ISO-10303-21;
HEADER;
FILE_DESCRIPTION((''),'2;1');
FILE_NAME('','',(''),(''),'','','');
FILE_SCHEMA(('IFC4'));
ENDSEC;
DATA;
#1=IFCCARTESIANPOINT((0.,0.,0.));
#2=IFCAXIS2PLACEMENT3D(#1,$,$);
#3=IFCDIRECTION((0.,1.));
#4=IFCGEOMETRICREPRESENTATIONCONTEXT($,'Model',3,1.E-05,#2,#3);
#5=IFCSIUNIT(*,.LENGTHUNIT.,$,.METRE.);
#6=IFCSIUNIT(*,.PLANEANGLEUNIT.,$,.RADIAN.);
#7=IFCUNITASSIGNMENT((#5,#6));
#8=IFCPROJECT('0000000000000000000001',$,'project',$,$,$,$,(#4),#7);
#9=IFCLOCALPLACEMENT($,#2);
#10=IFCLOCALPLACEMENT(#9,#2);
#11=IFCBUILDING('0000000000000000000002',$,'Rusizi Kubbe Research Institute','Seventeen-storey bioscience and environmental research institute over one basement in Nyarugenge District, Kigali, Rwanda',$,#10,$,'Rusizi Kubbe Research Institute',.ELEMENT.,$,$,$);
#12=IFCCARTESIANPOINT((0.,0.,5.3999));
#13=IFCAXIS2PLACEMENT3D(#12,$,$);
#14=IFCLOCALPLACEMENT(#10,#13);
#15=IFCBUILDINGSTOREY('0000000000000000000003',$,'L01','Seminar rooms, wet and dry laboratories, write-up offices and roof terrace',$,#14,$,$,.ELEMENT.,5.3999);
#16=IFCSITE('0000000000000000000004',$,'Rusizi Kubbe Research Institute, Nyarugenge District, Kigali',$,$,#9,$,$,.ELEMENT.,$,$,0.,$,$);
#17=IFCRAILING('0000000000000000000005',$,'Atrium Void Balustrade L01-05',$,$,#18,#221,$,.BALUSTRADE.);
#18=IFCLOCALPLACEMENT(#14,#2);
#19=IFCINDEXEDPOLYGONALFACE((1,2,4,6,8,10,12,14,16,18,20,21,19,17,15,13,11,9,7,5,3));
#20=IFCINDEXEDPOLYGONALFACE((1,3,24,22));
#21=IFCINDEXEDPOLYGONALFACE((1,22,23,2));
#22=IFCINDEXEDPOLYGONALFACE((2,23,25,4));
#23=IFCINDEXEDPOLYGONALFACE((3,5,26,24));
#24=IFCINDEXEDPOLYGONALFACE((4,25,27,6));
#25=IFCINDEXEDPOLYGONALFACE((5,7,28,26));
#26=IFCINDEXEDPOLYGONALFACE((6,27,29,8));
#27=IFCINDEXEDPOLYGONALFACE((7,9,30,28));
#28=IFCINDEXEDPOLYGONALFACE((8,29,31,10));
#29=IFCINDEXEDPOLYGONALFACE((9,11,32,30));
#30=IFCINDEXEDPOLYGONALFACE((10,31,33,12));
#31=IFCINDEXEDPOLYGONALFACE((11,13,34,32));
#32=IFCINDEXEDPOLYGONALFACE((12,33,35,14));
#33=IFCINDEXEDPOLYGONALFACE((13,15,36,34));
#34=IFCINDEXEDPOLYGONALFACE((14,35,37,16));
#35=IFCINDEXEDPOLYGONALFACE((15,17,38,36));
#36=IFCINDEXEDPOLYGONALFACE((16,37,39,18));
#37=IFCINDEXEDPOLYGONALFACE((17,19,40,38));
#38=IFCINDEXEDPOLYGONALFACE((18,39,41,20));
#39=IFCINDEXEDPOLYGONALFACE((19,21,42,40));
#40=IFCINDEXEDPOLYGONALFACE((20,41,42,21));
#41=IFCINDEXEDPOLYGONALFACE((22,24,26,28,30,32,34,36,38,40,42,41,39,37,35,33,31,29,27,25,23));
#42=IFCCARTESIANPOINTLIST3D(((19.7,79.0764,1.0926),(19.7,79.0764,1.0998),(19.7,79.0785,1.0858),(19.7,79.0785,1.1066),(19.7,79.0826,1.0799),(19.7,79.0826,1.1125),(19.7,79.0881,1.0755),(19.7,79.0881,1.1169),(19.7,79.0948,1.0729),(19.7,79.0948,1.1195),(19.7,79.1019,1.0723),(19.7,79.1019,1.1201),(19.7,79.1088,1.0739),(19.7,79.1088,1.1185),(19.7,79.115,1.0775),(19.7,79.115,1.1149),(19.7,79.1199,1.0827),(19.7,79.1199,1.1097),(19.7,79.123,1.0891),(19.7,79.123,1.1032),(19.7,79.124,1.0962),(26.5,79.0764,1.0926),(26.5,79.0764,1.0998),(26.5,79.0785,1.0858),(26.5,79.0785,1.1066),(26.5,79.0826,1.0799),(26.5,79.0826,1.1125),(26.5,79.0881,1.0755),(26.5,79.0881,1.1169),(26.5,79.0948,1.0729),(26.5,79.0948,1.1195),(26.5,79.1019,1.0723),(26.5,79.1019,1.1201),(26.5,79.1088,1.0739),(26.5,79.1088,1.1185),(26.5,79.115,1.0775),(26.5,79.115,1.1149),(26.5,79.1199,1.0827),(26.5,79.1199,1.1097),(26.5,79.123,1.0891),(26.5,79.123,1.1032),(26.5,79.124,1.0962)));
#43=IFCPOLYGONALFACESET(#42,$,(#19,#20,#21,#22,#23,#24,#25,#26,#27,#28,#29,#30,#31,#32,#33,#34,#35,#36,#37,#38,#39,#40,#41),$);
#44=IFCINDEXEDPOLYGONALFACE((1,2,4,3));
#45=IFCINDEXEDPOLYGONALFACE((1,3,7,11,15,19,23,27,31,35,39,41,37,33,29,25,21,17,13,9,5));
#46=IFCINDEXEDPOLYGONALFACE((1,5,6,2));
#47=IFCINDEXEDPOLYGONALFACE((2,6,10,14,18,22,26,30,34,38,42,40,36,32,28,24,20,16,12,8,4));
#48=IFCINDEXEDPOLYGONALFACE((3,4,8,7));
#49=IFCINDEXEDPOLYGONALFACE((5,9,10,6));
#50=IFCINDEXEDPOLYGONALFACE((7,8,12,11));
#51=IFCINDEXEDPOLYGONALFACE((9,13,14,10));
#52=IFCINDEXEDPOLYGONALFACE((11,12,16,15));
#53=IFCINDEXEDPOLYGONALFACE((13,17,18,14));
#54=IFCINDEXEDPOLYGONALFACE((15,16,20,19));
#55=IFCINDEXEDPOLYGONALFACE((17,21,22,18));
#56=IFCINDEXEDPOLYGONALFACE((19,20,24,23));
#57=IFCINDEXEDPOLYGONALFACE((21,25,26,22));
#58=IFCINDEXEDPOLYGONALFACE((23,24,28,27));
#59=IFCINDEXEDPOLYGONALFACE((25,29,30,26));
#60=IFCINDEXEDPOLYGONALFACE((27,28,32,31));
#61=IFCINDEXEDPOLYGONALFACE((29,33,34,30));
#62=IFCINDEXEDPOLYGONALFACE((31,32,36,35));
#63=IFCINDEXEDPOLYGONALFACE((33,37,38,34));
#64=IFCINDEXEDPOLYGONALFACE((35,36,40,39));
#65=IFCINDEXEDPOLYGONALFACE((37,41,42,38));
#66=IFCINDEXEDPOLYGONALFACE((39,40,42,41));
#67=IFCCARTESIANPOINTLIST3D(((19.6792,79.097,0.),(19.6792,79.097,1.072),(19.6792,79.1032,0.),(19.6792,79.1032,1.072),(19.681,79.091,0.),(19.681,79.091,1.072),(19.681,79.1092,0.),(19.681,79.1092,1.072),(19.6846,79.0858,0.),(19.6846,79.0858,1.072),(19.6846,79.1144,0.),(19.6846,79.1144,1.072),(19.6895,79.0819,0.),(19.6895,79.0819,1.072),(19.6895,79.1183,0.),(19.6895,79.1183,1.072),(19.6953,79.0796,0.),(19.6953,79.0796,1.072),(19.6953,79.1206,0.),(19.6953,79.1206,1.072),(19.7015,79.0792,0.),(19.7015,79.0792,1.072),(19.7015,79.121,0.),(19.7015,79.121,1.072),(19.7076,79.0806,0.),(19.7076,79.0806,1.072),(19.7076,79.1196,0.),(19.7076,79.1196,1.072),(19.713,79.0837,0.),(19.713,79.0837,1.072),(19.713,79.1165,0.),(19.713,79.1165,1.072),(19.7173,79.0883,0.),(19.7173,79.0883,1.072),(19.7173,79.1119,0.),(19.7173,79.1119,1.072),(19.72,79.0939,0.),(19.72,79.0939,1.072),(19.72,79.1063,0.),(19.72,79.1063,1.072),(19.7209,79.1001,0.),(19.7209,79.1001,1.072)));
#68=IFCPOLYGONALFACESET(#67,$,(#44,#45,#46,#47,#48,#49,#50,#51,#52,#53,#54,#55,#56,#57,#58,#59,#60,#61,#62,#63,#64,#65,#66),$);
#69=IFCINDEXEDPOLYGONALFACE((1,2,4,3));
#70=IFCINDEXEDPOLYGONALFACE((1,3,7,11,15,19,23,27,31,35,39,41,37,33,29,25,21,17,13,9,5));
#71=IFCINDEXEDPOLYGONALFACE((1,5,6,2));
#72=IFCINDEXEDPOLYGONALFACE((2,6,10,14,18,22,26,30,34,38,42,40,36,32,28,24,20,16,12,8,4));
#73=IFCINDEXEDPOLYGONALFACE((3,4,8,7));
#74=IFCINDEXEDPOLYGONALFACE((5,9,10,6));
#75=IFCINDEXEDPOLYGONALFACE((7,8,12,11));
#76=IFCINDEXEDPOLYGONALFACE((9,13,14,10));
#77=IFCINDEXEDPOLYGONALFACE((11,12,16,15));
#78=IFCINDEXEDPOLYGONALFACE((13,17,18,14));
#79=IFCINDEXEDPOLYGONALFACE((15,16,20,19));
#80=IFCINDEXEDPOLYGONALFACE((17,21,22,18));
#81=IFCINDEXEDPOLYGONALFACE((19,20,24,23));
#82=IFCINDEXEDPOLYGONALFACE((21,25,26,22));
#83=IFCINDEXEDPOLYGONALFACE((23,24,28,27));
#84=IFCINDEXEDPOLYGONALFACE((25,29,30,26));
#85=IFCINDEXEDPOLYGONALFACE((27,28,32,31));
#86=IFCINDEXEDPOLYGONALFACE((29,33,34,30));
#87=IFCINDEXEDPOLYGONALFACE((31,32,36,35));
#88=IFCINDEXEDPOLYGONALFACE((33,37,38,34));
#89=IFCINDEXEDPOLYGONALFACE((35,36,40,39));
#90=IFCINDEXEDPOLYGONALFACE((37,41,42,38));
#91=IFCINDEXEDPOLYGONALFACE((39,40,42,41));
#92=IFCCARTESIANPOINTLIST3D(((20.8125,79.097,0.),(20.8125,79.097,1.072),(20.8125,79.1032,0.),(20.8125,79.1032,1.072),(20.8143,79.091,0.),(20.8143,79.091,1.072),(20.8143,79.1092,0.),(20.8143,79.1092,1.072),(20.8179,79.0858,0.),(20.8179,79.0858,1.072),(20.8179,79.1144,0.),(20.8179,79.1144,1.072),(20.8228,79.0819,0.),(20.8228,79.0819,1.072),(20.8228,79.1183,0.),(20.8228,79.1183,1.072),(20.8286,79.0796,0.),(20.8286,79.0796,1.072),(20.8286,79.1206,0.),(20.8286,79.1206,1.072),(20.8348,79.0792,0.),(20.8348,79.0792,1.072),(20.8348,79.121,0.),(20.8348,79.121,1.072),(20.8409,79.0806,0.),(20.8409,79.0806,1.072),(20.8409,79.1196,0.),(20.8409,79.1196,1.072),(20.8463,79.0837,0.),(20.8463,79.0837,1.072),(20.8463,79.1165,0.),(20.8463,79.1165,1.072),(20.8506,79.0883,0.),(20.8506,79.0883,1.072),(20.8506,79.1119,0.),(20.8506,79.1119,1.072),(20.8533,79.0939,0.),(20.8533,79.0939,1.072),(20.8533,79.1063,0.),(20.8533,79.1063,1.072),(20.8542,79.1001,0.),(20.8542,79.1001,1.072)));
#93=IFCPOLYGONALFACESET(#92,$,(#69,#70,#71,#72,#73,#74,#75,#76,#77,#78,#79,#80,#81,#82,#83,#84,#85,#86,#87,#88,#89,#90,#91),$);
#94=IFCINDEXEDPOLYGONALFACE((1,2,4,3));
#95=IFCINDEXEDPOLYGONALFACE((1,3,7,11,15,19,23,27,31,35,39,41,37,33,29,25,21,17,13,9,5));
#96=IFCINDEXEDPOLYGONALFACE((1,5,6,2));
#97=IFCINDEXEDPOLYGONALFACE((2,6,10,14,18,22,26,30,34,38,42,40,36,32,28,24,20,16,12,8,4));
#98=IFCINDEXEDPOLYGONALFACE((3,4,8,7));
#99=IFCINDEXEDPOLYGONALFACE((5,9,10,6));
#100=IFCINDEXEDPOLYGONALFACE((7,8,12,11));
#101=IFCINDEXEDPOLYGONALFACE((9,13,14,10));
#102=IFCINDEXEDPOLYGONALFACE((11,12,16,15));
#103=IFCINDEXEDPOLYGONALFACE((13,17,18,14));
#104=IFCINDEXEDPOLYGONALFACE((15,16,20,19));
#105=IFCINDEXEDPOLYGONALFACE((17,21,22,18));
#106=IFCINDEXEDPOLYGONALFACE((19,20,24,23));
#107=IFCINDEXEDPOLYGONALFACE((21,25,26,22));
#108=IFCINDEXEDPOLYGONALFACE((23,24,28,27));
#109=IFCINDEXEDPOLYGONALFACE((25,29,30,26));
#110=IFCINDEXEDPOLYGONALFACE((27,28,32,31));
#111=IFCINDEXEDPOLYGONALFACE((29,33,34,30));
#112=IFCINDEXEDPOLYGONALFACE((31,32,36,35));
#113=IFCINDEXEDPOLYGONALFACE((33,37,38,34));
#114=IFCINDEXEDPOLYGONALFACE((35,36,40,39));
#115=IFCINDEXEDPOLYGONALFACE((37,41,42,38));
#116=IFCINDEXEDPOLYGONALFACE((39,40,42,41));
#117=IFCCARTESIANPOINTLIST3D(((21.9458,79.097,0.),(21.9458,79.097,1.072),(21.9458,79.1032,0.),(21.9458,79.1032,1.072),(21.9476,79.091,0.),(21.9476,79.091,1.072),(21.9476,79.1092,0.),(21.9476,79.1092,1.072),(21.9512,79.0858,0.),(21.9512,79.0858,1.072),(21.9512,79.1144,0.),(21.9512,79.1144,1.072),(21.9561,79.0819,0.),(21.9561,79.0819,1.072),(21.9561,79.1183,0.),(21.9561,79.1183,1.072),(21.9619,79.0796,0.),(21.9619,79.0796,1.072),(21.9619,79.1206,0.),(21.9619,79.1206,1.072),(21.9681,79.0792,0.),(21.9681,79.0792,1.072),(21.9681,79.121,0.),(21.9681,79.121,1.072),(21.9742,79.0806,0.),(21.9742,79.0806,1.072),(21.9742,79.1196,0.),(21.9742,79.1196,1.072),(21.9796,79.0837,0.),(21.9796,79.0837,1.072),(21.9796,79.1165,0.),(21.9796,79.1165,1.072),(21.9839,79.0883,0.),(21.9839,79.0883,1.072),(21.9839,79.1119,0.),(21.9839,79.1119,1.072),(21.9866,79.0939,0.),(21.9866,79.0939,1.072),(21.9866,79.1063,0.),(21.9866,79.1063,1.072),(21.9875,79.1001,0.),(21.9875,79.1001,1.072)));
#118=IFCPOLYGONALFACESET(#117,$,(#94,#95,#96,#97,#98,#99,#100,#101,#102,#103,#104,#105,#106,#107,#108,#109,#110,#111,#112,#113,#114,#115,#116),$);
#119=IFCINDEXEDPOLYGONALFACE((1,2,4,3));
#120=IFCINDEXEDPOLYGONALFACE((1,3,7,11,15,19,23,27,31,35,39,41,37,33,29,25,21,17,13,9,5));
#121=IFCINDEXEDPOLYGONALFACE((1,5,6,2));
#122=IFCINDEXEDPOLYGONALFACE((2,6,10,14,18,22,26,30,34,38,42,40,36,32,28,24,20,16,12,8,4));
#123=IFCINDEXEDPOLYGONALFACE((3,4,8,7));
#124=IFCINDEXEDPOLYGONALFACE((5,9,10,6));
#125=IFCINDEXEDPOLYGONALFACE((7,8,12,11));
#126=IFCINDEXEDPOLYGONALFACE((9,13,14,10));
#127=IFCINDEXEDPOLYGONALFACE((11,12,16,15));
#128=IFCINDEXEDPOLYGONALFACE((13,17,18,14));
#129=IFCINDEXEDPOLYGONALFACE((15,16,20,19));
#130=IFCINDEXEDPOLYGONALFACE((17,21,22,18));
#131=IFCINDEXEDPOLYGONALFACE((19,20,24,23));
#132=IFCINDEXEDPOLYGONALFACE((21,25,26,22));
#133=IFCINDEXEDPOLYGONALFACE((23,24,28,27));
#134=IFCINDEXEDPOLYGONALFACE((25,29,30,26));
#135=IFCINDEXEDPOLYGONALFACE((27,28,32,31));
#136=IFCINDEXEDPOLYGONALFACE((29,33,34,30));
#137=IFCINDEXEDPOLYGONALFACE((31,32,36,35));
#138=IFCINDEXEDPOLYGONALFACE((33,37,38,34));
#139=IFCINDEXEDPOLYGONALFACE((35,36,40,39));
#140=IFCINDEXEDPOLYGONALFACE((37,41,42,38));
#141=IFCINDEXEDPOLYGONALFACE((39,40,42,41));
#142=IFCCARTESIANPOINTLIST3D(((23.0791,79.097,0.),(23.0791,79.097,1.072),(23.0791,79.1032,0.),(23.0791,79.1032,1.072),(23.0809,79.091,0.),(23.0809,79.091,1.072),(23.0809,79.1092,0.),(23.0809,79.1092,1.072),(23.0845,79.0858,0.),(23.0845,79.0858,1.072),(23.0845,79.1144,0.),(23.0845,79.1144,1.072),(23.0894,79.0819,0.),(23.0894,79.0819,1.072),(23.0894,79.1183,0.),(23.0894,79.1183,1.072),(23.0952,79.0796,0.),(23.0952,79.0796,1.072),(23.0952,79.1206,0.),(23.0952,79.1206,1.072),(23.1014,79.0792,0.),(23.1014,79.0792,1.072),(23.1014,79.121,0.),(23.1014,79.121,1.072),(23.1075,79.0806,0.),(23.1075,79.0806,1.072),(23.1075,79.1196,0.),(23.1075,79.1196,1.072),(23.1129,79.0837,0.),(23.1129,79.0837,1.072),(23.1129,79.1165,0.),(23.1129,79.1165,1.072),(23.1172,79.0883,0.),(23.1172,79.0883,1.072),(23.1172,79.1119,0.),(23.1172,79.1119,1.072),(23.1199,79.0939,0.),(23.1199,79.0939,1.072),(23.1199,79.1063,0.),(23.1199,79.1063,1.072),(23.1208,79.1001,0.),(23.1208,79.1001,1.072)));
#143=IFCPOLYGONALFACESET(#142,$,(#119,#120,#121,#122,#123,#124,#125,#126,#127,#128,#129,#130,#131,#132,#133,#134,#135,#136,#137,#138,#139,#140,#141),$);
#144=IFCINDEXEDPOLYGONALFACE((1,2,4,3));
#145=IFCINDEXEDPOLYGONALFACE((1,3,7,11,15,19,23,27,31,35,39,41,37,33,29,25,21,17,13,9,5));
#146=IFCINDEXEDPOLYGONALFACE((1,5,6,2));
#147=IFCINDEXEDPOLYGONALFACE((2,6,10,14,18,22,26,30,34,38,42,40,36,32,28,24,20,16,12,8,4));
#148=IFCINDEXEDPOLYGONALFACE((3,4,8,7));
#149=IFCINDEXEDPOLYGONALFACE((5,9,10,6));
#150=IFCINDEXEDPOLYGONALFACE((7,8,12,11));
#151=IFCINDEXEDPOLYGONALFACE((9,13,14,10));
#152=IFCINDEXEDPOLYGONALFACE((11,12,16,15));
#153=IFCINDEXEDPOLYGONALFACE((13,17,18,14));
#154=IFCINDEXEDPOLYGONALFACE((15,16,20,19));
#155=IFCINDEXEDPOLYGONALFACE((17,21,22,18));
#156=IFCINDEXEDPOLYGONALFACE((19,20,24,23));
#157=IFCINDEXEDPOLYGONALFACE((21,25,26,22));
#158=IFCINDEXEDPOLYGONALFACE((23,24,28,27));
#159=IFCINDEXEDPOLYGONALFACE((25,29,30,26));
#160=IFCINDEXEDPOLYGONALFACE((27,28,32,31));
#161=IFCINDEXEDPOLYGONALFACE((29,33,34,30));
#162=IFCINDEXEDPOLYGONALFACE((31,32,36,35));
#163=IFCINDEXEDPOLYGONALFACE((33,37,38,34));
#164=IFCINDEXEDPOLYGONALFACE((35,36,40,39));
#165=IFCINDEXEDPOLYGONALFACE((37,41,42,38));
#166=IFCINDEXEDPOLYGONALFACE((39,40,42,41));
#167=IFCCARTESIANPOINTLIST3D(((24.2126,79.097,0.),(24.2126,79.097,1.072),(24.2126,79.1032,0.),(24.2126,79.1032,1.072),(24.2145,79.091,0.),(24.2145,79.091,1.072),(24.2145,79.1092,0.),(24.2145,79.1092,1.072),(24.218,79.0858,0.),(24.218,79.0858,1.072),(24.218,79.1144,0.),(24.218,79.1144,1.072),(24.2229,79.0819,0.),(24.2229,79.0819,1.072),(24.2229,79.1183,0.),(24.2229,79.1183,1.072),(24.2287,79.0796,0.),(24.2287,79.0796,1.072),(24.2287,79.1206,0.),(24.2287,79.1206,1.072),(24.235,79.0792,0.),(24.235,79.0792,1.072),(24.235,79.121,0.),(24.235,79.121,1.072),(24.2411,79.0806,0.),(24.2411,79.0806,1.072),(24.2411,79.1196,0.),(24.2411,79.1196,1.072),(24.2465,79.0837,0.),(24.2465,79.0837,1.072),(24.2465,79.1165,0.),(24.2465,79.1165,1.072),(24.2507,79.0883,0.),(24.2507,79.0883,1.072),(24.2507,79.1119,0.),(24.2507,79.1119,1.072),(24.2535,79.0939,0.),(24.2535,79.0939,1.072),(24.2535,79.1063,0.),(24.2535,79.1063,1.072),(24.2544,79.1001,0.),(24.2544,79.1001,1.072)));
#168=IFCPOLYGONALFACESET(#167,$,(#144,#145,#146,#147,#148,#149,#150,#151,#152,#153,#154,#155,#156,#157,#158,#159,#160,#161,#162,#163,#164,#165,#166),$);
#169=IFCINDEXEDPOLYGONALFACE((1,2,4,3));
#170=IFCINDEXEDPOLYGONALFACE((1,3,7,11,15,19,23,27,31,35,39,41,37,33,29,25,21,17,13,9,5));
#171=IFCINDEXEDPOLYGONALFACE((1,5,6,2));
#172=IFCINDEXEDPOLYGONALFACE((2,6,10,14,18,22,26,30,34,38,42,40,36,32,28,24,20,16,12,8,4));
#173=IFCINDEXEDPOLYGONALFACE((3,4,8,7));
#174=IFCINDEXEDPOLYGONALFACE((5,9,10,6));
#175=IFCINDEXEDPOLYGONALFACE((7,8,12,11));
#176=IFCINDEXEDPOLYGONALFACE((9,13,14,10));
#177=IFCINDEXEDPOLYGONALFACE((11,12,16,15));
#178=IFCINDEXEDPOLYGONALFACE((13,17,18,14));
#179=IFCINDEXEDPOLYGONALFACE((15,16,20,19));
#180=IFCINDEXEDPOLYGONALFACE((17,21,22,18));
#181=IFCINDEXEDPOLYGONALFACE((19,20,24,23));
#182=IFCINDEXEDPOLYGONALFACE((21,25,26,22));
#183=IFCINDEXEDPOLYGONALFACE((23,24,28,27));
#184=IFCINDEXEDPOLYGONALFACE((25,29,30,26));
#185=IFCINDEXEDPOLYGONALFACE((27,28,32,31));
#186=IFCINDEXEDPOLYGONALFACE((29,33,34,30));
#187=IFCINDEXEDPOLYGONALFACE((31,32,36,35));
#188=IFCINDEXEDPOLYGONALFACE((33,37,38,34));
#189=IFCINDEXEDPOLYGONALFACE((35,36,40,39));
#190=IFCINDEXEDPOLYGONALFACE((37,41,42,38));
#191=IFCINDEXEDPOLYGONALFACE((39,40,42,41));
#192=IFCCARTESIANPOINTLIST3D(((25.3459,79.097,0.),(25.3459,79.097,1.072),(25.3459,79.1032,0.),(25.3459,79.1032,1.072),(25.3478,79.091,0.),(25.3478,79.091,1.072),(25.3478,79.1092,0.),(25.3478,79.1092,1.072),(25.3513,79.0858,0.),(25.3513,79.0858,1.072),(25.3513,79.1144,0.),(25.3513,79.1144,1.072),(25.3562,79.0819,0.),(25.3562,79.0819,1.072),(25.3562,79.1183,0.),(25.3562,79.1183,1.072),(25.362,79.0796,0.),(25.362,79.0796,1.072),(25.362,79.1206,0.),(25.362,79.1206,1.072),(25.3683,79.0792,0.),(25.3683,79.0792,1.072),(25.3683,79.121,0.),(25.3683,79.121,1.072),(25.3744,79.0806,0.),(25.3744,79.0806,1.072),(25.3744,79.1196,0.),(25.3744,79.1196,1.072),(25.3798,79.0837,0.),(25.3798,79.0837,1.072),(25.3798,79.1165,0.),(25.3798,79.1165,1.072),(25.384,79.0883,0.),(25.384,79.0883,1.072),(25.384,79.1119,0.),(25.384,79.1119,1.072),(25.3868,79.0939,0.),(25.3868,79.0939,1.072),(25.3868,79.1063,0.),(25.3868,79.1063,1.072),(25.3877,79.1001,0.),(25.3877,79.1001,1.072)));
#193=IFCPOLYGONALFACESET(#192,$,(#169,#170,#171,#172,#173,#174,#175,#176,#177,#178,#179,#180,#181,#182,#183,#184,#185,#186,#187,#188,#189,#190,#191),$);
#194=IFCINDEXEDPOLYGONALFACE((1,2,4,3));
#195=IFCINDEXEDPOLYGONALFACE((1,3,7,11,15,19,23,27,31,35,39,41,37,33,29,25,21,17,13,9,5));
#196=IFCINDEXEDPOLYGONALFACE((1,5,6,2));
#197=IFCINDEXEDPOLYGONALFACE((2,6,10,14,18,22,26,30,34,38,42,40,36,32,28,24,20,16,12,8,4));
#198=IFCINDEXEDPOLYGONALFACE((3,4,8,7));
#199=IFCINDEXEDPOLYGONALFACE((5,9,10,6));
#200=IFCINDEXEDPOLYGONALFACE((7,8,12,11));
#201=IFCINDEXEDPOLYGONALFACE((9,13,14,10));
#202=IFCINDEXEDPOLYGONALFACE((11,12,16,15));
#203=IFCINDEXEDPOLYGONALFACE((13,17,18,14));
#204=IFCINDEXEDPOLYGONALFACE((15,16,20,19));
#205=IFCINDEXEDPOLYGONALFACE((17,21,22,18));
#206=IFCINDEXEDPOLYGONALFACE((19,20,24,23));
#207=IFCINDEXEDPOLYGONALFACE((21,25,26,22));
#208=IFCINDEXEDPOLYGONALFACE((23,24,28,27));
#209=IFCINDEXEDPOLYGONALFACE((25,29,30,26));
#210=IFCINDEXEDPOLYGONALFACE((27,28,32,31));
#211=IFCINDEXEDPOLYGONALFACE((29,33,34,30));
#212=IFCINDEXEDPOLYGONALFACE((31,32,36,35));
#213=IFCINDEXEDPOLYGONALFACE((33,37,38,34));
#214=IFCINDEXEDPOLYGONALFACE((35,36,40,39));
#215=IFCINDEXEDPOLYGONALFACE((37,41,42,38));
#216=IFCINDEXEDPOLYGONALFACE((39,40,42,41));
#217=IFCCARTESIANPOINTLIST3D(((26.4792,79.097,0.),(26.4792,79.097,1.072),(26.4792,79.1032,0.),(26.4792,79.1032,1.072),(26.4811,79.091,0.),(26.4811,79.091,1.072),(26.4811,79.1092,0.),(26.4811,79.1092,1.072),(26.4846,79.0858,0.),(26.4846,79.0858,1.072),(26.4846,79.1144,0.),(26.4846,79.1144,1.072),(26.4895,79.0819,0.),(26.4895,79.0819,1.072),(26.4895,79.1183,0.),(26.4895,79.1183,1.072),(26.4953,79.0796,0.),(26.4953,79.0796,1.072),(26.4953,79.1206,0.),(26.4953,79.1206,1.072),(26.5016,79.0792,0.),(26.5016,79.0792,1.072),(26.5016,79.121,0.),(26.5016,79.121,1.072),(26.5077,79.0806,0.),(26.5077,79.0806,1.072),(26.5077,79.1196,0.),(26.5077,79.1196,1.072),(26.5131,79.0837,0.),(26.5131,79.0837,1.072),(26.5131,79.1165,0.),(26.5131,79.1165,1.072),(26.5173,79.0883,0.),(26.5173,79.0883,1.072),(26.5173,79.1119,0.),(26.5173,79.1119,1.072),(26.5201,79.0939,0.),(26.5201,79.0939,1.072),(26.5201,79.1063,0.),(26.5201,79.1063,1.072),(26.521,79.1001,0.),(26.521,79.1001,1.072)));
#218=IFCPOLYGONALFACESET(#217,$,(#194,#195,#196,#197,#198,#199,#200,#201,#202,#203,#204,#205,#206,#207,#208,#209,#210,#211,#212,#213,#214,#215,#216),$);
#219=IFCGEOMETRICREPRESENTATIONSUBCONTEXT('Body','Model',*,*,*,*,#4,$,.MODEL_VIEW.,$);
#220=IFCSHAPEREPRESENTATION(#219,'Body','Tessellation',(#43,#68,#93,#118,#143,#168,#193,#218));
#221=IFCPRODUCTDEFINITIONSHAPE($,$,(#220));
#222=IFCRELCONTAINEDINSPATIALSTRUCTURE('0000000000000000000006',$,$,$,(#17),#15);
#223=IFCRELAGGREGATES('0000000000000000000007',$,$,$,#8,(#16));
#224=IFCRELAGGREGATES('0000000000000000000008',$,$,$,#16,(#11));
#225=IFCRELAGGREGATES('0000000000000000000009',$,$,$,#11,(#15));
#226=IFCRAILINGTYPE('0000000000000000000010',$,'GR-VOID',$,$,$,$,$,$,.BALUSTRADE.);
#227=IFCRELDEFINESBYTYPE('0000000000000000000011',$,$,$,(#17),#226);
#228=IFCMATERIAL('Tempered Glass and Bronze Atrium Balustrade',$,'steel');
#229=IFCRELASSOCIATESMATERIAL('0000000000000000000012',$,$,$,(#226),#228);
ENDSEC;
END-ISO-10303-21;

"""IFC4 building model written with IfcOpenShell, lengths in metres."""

from ifc_helpers import new_model, si_unit, direction, frame, origin, origin_2d, place, context, subcontext, project, spatial, circle, extrude, material, type_object, element, save


model = new_model("IFC4")

# Units and contexts
model_context = context("Model", 3, precision=1e-05, world=origin(), true_north=direction((0.0, 1.0)))
body_context = subcontext(model_context, "Body", "Model", "MODEL_VIEW")
ifc_project = project(units=[si_unit("LENGTHUNIT", "METRE"), si_unit("PLANEANGLEUNIT", "RADIAN")], contexts=[model_context])

# Site, building, storey
site_placement = place(None, origin())
site = spatial("IfcSite", under=ifc_project, at=site_placement, Name="Rusizi Kubbe Research Institute, Nyarugenge District, Kigali", CompositionType="ELEMENT", RefElevation=0.0)
building_placement = place(site_placement, origin())
building = spatial("IfcBuilding", under=site, at=building_placement, Name="Rusizi Kubbe Research Institute", Description="Seventeen-storey bioscience and environmental research institute over one basement in Nyarugenge District, Kigali, Rwanda", LongName="Rusizi Kubbe Research Institute", CompositionType="ELEMENT")
storey_placement = place(building_placement, frame((0.0, 0.0, 5.3999)))
storey = spatial("IfcBuildingStorey", under=building, at=storey_placement, Name="L01", Description="Seminar rooms, wet and dry laboratories, write-up offices and roof terrace", CompositionType="ELEMENT", Elevation=5.3999)

# Railing
ifc_material_1 = material(Name="Tempered Glass and Bronze Atrium Balustrade", Category="steel")
railing_type = type_object("IfcRailingType", Name="GR-VOID", PredefinedType="BALUSTRADE", material=ifc_material_1)
railing_1_placement = place(storey_placement, frame((19.7, 79.1001, 0.0)))
element("IfcRailing", 1, at=railing_1_placement, inside=storey, type_object=railing_type, Name="Atrium Void Balustrade L01-05", PredefinedType="BALUSTRADE", context=body_context, shape_type="SweptSolid", body=[
    extrude(circle(Radius=0.0239, at=origin_2d()), frame((0.0, 0.0, 1.0962), z_axis=(1.0, 0.0, 0.0), x_axis=(0.0, 1.0, 0.0)), (0.0, 0.0, 1.0), 6.8),
    extrude(circle(Radius=0.021, at=origin_2d()), origin(), (0.0, 0.0, 1.0), 1.072),
    extrude(circle(Radius=0.021, at=origin_2d()), frame((1.1333, 0.0, 0.0)), (0.0, 0.0, 1.0), 1.072),
    extrude(circle(Radius=0.021, at=origin_2d()), frame((2.2666, 0.0, 0.0)), (0.0, 0.0, 1.0), 1.072),
    extrude(circle(Radius=0.021, at=origin_2d()), frame((3.3999, 0.0, 0.0)), (0.0, 0.0, 1.0), 1.072),
    extrude(circle(Radius=0.021, at=origin_2d()), frame((4.5334, 0.0, 0.0)), (0.0, 0.0, 1.0), 1.072),
    extrude(circle(Radius=0.021, at=origin_2d()), frame((5.6667, 0.0, 0.0)), (0.0, 0.0, 1.0), 1.072),
    extrude(circle(Radius=0.021, at=origin_2d()), frame((6.8, 0.0, 0.0)), (0.0, 0.0, 1.0), 1.072),
])

save(model, "model.ifc")
